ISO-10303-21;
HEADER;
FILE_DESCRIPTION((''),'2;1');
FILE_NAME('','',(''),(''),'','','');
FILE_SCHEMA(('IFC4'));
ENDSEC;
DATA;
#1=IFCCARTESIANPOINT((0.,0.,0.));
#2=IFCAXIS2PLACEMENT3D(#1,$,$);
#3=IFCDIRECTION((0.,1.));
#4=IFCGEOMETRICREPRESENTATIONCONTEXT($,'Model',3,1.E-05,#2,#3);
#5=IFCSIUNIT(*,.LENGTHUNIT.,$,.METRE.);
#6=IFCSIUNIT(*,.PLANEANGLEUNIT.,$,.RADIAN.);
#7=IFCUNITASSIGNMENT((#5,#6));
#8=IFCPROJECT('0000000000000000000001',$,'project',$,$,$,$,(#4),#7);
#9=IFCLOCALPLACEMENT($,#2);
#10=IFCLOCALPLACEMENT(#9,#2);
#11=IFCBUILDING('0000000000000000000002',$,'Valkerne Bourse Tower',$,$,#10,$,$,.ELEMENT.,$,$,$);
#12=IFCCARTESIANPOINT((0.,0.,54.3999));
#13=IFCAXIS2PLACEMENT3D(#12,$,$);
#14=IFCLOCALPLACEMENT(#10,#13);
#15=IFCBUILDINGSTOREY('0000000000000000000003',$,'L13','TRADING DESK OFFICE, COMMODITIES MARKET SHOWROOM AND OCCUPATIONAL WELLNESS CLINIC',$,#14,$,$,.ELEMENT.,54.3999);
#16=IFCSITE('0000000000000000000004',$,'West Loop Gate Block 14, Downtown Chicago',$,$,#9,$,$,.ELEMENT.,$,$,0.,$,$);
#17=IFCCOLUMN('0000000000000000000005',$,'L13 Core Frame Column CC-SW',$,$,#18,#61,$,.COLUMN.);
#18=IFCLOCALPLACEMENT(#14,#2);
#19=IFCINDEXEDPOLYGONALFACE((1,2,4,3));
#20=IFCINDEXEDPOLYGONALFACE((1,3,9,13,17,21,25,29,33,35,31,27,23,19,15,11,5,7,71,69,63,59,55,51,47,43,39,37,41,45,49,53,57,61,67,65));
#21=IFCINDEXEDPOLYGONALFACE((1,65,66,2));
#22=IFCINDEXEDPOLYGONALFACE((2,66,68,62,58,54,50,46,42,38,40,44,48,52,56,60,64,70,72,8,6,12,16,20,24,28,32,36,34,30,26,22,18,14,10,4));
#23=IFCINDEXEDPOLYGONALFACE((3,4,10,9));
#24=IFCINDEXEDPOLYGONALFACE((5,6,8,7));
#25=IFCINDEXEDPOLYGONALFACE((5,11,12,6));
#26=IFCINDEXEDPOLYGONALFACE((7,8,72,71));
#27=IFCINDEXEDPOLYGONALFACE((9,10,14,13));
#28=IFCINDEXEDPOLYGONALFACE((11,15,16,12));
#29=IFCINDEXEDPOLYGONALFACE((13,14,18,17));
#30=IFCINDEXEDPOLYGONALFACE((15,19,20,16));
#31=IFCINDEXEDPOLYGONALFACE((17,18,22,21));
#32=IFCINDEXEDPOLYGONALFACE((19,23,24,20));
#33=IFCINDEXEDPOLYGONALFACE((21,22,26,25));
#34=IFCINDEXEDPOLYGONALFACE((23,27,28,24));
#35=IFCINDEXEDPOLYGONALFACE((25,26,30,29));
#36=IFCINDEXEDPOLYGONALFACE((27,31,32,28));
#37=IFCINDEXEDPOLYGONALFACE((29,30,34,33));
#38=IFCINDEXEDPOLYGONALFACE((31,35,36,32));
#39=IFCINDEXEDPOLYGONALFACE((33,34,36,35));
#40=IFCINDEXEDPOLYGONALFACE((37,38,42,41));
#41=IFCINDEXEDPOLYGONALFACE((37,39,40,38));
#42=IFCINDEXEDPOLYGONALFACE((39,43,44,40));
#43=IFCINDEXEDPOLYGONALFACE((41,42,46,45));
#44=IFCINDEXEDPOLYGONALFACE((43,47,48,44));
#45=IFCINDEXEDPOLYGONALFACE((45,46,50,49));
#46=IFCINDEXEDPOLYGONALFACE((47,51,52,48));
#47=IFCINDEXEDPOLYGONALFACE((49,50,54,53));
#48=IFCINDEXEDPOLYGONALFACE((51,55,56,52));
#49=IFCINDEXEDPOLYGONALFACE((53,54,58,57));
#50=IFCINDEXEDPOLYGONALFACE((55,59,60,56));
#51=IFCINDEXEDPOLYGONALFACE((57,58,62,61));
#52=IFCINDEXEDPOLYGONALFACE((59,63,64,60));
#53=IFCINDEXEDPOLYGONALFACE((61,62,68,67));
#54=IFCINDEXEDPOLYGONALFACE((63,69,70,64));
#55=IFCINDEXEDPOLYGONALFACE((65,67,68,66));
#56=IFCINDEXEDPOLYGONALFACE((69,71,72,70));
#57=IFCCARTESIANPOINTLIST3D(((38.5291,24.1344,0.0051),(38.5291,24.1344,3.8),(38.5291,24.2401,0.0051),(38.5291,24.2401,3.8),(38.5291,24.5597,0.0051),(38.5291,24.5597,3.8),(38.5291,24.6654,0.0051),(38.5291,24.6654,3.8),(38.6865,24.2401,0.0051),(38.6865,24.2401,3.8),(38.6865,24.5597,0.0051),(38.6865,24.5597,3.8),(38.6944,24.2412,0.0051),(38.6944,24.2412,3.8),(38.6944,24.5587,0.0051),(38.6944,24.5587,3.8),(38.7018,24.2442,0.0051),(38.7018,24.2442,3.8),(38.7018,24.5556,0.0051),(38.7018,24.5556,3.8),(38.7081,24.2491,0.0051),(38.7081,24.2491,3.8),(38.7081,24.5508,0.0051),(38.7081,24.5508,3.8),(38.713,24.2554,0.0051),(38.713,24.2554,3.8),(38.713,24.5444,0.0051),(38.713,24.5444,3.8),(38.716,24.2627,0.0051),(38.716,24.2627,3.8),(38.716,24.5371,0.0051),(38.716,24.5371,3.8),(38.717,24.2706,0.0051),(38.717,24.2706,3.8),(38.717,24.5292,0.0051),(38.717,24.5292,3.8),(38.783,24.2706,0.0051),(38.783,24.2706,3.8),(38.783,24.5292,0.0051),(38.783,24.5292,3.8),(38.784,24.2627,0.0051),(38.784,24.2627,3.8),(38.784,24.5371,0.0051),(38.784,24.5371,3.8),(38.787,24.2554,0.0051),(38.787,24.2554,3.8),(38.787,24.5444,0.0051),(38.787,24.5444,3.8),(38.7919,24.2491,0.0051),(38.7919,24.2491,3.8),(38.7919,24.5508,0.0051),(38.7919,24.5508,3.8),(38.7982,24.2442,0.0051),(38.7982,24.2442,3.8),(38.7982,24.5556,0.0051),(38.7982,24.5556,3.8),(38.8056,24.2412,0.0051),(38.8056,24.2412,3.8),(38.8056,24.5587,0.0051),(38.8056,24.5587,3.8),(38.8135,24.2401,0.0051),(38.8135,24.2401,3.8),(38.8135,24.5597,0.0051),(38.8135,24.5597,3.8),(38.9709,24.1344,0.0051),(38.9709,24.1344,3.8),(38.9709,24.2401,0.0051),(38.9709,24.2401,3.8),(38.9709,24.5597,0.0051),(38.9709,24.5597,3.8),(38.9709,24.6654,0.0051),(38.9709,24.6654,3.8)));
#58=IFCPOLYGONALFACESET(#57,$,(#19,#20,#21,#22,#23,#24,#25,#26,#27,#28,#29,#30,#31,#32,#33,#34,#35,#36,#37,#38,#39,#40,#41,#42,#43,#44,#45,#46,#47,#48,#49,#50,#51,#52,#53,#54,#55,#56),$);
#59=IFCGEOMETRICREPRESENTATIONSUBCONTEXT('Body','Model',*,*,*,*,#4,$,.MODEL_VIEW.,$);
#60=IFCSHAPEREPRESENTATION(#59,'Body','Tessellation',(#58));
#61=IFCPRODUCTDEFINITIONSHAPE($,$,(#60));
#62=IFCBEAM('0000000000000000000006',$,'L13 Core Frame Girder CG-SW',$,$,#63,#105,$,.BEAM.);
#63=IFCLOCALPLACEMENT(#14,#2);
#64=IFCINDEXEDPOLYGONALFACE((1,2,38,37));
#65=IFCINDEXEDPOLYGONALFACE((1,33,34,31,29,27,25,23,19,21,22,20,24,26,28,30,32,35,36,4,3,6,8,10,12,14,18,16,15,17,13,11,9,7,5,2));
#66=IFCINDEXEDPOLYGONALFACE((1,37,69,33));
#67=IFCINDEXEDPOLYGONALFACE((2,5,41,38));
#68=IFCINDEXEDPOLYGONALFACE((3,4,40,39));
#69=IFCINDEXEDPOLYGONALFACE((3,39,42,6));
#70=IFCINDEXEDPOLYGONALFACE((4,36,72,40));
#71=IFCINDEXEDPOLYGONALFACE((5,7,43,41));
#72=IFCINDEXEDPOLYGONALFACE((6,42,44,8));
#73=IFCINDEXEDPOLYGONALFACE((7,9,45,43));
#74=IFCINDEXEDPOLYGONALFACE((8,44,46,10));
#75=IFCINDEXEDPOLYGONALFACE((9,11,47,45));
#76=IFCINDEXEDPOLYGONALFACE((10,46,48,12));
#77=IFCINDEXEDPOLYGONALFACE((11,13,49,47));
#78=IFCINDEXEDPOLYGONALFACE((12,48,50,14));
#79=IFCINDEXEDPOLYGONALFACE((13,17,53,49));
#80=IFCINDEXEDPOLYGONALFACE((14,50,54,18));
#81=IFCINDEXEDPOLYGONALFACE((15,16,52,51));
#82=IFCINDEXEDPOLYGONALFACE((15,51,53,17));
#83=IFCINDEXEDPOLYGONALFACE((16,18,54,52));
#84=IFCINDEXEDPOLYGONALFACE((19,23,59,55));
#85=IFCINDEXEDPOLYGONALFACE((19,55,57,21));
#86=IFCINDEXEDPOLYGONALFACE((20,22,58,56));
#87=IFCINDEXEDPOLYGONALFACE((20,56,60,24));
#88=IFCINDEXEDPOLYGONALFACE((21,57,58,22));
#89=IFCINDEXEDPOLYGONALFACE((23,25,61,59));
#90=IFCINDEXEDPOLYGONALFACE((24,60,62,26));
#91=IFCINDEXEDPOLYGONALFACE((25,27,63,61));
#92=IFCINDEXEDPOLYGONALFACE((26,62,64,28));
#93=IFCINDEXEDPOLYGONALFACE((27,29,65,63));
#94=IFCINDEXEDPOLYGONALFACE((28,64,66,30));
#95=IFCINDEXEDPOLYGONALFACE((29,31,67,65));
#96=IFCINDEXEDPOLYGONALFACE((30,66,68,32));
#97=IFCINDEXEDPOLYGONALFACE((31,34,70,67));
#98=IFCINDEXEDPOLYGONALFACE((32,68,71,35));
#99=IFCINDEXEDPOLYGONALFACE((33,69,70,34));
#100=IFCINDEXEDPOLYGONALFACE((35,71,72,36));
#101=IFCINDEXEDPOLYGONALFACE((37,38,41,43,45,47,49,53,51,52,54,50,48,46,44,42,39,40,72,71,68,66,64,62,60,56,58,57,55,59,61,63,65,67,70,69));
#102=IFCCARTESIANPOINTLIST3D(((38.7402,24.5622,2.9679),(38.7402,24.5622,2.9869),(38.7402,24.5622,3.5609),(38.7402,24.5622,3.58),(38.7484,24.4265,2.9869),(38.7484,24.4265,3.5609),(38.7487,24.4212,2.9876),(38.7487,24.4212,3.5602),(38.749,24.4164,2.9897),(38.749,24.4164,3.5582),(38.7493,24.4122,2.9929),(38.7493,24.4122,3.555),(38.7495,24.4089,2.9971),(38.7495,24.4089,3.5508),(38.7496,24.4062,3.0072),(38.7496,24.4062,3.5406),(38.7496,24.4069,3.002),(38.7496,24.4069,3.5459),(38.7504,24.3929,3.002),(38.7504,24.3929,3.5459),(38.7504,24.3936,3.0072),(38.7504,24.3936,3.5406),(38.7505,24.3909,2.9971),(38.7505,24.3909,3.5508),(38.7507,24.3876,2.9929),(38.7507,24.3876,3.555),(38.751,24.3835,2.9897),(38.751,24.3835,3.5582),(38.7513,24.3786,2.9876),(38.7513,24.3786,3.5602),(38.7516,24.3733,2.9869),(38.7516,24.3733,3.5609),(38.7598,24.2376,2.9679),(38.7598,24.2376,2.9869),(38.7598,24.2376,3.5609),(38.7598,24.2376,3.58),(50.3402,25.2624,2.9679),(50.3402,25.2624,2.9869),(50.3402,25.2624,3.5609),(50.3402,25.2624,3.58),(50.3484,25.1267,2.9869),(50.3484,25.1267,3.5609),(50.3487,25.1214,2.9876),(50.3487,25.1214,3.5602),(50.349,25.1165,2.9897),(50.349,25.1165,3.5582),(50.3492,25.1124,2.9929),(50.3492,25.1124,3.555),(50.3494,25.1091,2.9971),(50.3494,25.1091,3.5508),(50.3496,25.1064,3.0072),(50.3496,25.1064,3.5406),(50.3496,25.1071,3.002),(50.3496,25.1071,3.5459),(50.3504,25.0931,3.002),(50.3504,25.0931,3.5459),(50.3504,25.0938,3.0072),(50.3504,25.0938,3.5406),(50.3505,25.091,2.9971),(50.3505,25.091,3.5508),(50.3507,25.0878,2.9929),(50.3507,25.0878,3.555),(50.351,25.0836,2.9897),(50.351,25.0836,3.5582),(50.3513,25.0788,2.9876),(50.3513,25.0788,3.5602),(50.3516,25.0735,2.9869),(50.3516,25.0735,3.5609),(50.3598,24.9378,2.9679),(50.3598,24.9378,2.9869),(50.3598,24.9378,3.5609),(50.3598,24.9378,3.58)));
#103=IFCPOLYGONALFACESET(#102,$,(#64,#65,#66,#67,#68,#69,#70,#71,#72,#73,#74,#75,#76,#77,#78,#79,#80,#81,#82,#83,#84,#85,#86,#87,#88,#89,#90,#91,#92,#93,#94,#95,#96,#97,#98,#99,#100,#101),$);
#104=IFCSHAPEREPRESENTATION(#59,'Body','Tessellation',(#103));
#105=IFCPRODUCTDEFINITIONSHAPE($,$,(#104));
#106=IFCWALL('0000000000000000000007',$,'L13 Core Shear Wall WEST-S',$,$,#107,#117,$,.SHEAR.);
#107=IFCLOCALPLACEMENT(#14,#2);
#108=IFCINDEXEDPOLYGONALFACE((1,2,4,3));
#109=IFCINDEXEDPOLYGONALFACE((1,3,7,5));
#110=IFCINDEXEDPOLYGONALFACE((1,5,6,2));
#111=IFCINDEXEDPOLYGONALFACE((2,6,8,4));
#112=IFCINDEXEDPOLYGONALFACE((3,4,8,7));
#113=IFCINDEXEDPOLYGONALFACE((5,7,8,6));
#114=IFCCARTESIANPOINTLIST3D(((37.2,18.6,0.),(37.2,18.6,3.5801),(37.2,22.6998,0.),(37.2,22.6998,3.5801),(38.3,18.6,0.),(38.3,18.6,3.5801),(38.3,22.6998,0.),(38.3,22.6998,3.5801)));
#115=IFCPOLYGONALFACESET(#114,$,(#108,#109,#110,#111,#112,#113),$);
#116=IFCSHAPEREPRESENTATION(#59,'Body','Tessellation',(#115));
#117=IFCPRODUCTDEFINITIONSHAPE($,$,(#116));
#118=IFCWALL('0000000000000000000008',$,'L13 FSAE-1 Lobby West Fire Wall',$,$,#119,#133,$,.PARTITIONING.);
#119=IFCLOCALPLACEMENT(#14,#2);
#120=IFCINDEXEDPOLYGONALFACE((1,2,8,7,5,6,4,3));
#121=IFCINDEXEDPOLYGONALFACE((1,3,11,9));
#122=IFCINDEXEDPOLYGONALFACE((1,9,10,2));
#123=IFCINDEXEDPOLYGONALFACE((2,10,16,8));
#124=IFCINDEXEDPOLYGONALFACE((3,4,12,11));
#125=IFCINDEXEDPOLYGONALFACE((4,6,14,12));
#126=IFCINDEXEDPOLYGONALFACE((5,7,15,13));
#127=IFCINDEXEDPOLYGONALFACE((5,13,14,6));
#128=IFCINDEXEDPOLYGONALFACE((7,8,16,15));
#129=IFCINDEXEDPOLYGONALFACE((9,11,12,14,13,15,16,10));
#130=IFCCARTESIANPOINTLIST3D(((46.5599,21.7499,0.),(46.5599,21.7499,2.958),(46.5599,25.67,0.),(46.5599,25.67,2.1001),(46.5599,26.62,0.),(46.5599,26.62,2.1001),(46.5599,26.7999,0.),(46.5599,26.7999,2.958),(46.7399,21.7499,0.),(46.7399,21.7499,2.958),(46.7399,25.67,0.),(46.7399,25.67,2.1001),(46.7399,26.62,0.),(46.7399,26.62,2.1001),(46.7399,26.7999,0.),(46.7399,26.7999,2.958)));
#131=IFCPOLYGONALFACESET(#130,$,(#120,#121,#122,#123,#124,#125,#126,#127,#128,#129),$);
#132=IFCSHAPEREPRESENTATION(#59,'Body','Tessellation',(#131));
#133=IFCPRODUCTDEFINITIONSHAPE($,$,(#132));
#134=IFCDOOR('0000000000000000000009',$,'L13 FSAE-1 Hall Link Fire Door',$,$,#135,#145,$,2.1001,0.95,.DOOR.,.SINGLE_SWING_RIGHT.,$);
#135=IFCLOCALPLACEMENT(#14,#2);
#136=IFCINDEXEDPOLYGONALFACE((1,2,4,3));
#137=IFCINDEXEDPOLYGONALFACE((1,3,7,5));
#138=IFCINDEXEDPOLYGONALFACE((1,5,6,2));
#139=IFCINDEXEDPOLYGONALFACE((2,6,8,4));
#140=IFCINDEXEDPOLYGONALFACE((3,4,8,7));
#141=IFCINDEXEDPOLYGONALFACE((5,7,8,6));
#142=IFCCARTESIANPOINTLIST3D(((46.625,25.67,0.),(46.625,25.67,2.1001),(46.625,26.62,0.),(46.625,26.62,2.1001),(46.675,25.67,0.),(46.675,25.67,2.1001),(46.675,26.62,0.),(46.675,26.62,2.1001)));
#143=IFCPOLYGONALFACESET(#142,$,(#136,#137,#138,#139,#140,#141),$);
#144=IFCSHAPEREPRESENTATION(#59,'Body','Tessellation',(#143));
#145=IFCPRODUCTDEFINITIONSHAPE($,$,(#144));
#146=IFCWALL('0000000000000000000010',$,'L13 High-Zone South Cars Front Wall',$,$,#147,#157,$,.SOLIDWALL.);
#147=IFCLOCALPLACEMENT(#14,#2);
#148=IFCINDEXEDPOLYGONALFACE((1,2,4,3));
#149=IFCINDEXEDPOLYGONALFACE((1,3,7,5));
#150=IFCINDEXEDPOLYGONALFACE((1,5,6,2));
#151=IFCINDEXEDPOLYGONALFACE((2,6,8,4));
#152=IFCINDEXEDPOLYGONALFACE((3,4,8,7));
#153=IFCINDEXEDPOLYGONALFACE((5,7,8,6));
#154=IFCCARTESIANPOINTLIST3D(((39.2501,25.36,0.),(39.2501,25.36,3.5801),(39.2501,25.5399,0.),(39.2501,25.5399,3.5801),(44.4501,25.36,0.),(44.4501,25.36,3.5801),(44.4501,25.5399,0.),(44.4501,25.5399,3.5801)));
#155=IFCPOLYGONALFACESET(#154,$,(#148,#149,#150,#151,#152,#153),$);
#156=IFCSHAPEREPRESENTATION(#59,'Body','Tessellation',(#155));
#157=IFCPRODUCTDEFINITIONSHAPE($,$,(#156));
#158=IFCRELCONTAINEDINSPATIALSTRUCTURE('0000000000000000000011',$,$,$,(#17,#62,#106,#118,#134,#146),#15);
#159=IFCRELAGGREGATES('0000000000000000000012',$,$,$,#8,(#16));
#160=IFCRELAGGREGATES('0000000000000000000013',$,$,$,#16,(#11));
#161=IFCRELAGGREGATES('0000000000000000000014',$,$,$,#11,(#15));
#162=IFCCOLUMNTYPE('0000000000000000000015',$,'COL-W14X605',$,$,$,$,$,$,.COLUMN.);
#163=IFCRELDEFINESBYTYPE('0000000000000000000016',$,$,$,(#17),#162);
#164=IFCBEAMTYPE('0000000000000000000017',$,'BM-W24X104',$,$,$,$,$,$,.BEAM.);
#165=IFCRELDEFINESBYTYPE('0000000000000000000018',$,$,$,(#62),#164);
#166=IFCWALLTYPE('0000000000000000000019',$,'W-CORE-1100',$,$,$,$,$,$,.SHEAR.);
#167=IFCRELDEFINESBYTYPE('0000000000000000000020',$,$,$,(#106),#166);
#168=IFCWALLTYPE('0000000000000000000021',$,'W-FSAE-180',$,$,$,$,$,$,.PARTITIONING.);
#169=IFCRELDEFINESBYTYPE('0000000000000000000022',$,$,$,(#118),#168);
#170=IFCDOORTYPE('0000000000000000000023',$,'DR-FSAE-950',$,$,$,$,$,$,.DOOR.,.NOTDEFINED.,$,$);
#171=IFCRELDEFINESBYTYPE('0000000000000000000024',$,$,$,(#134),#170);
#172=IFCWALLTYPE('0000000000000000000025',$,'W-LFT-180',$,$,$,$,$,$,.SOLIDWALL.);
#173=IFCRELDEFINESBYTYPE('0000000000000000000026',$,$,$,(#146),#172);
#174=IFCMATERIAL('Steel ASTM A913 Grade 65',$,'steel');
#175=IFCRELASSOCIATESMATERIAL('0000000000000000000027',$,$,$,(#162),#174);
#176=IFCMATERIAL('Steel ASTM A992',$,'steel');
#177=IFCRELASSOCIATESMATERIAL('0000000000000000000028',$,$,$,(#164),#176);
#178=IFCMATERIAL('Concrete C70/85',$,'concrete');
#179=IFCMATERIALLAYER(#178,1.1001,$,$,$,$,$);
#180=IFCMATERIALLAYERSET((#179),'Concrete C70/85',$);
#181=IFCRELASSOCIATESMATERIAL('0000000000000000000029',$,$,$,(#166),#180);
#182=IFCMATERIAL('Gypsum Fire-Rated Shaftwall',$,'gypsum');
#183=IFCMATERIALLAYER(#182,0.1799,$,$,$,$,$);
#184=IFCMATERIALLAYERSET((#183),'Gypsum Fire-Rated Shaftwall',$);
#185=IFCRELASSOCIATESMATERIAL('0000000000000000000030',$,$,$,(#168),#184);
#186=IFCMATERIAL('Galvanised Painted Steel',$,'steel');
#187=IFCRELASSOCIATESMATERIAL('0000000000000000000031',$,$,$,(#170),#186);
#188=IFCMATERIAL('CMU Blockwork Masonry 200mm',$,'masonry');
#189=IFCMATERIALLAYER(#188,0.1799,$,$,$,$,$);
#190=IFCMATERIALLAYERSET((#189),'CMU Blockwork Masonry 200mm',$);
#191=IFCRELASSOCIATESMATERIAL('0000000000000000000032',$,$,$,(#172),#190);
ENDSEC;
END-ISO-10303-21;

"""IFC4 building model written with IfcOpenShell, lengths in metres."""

from ifc_helpers import new_model, si_unit, direction, frame, frame_2d, origin, origin_2d, place, context, subcontext, project, spatial, rectangle, i_section, extrude, material, layer, layer_set, material_profile, profile_set, type_object, element, fill, save


model = new_model("IFC4")

# Units and contexts
model_context = context("Model", 3, precision=1e-05, world=origin(), true_north=direction((0.0, 1.0)))
body_context = subcontext(model_context, "Body", "Model", "MODEL_VIEW")
ifc_project = project(units=[si_unit("LENGTHUNIT", "METRE"), si_unit("PLANEANGLEUNIT", "RADIAN")], contexts=[model_context])

# Site, building, storey
site_placement = place(None, origin())
site = spatial("IfcSite", under=ifc_project, at=site_placement, Name="West Loop Gate Block 14, Downtown Chicago", CompositionType="ELEMENT", RefElevation=0.0)
building_placement = place(site_placement, origin())
building = spatial("IfcBuilding", under=site, at=building_placement, Name="Valkerne Bourse Tower", CompositionType="ELEMENT")
storey_placement = place(building_placement, frame((0.0, 0.0, 54.3999)))
storey = spatial("IfcBuildingStorey", under=building, at=storey_placement, Name="L13", Description="TRADING DESK OFFICE, COMMODITIES MARKET SHOWROOM AND OCCUPATIONAL WELLNESS CLINIC", CompositionType="ELEMENT", Elevation=54.3999)

# Column
ifc_material_1 = material(Name="Steel ASTM A913 Grade 65", Category="steel")
ifc_material_profile_1 = material_profile(ifc_material_1, i_section(OverallWidth=0.4419, OverallDepth=0.531, WebThickness=0.0659, FlangeThickness=0.1057, FilletRadius=0.0305, at=origin_2d()), Name="W14X605")
ifc_profile_set_1 = profile_set([ifc_material_profile_1], Name="Steel ASTM A913 Grade 65")
column_type = type_object("IfcColumnType", Name="COL-W14X605", PredefinedType="COLUMN", material=ifc_profile_set_1)
column_placement = place(storey_placement, frame((38.75, 24.3999, 0.0051), z_axis=(0.0, 0.0, 1.0), x_axis=(1.0, 0.0, 0.0)))
element("IfcColumn", 1, at=column_placement, inside=storey, type_object=column_type, Name="L13 Core Frame Column CC-SW", PredefinedType="COLUMN", context=body_context, shape_type="SweptSolid", body=[
    extrude(i_section(OverallWidth=0.4419, OverallDepth=0.531, WebThickness=0.0659, FlangeThickness=0.1057, FilletRadius=0.0305, at=origin_2d()), origin(), (0.0, 0.0, 1.0), 3.7949),
])

# Beam
ifc_material_2 = material(Name="Steel ASTM A992", Category="steel")
ifc_material_profile_2 = material_profile(ifc_material_2, i_section(OverallWidth=0.3252, OverallDepth=0.6121, WebThickness=0.0127, FlangeThickness=0.019, FilletRadius=0.0203, at=origin_2d()), Name="W24X104")
ifc_profile_set_2 = profile_set([ifc_material_profile_2], Name="Steel ASTM A992")
beam_type = type_object("IfcBeamType", Name="BM-W24X104", PredefinedType="BEAM", material=ifc_profile_set_2)
beam_placement = place(storey_placement, frame((38.75, 24.3999, 3.2739), z_axis=(0.998183, 0.060251, 0.0), x_axis=(-0.060251, 0.998183, 0.0)))
element("IfcBeam", 2, at=beam_placement, inside=storey, type_object=beam_type, Name="L13 Core Frame Girder CG-SW", PredefinedType="BEAM", context=body_context, shape_type="SweptSolid", body=[
    extrude(i_section(OverallWidth=0.3252, OverallDepth=0.6121, WebThickness=0.0127, FlangeThickness=0.019, FilletRadius=0.0203, at=origin_2d()), origin(), (0.0, 0.0, 1.0), 11.6211),
])

# Shared definitions
ifc_material_3 = material(Name="Concrete C70/85", Category="concrete")
ifc_layer_1 = layer(ifc_material_3, 1.1001)
ifc_layer_set_1 = layer_set([ifc_layer_1], Name="Concrete C70/85")
wall_type_1 = type_object("IfcWallType", Name="W-CORE-1100", PredefinedType="SHEAR", material=ifc_layer_set_1)
ifc_material_4 = material(Name="Galvanised Painted Steel", Category="steel")

# Wall
wall_1_placement = place(storey_placement, frame((37.75, 18.6001, 0.0), z_axis=(0.0, 0.0, 1.0), x_axis=(0.0, 1.0, 0.0)))
element("IfcWall", 3, at=wall_1_placement, inside=storey, type_object=wall_type_1, Name="L13 Core Shear Wall WEST-S", PredefinedType="SHEAR", context=body_context, shape_type="SweptSolid", body=[
    extrude(rectangle(XDim=4.0999, YDim=1.1001, at=frame_2d((2.0498, 0.0))), origin(), (0.0, 0.0, 1.0), 3.5801),
])

# Wall, opening, door
ifc_material_5 = material(Name="Gypsum Fire-Rated Shaftwall", Category="gypsum")
ifc_layer_2 = layer(ifc_material_5, 0.1799)
ifc_layer_set_2 = layer_set([ifc_layer_2], Name="Gypsum Fire-Rated Shaftwall")
wall_type_2 = type_object("IfcWallType", Name="W-FSAE-180", PredefinedType="PARTITIONING", material=ifc_layer_set_2)
wall_2_placement = place(storey_placement, frame((46.6499, 21.75, 0.0), z_axis=(0.0, 0.0, 1.0), x_axis=(0.0, 1.0, 0.0)))
wall_2 = element("IfcWall", 4, at=wall_2_placement, inside=storey, type_object=wall_type_2, Name="L13 FSAE-1 Lobby West Fire Wall", PredefinedType="PARTITIONING", context=body_context, shape_type="SweptSolid", body=[
    extrude(rectangle(XDim=5.05, YDim=0.1799, at=frame_2d((2.5249, 0.0))), origin(), (0.0, 0.0, 1.0), 2.958),
])
opening_1_placement = place(wall_2_placement, frame((3.9199, 0.0, 0.0)))
opening_1 = element("IfcOpeningElement", 5, at=opening_1_placement, cuts=wall_2, PredefinedType="OPENING", context=body_context, shape_type="SweptSolid", body=[
    extrude(rectangle(XDim=0.95, YDim=2.1001, at=frame_2d((0.4751, 1.05))), frame((0.0, 0.0999, 0.0), z_axis=(0.0, -1.0, 0.0), x_axis=(1.0, 0.0, 0.0)), (0.0, 0.0, 1.0), 0.2),
])
door_type_1 = type_object("IfcDoorType", Name="DR-FSAE-950", OperationType="NOTDEFINED", PredefinedType="DOOR", material=ifc_material_4)
door_1_placement = place(opening_1_placement, origin())
door_1 = element("IfcDoor", 6, at=door_1_placement, inside=storey, type_object=door_type_1, Name="L13 FSAE-1 Hall Link Fire Door", OperationType="SINGLE_SWING_RIGHT", OverallHeight=2.1001, OverallWidth=0.95, PredefinedType="DOOR", context=body_context, shape_type="SweptSolid", body=[
    extrude(rectangle(XDim=0.95, YDim=2.1001, at=frame_2d((0.4751, 1.05))), frame((0.0, 0.0249, 0.0), z_axis=(0.0, -1.0, 0.0), x_axis=(1.0, 0.0, 0.0)), (0.0, 0.0, 1.0), 0.05),
])
fill(opening_1, door_1)

# Shared definitions
ifc_material_6 = material(Name="CMU Blockwork Masonry 200mm", Category="masonry")
ifc_layer_3 = layer(ifc_material_6, 0.1799)
ifc_layer_set_3 = layer_set([ifc_layer_3], Name="CMU Blockwork Masonry 200mm")
wall_type_3 = type_object("IfcWallType", Name="W-LFT-180", PredefinedType="SOLIDWALL", material=ifc_layer_set_3)

# Wall
wall_3_placement = place(storey_placement, frame((39.25, 25.45, 0.0), z_axis=(0.0, 0.0, 1.0), x_axis=(1.0, 0.0, 0.0)))
element("IfcWall", 7, at=wall_3_placement, inside=storey, type_object=wall_type_3, Name="L13 High-Zone South Cars Front Wall", PredefinedType="SOLIDWALL", context=body_context, shape_type="SweptSolid", body=[
    extrude(rectangle(XDim=5.2, YDim=0.1799, at=frame_2d((2.6001, 0.0))), origin(), (0.0, 0.0, 1.0), 3.5801),
])

save(model, "model.ifc")
